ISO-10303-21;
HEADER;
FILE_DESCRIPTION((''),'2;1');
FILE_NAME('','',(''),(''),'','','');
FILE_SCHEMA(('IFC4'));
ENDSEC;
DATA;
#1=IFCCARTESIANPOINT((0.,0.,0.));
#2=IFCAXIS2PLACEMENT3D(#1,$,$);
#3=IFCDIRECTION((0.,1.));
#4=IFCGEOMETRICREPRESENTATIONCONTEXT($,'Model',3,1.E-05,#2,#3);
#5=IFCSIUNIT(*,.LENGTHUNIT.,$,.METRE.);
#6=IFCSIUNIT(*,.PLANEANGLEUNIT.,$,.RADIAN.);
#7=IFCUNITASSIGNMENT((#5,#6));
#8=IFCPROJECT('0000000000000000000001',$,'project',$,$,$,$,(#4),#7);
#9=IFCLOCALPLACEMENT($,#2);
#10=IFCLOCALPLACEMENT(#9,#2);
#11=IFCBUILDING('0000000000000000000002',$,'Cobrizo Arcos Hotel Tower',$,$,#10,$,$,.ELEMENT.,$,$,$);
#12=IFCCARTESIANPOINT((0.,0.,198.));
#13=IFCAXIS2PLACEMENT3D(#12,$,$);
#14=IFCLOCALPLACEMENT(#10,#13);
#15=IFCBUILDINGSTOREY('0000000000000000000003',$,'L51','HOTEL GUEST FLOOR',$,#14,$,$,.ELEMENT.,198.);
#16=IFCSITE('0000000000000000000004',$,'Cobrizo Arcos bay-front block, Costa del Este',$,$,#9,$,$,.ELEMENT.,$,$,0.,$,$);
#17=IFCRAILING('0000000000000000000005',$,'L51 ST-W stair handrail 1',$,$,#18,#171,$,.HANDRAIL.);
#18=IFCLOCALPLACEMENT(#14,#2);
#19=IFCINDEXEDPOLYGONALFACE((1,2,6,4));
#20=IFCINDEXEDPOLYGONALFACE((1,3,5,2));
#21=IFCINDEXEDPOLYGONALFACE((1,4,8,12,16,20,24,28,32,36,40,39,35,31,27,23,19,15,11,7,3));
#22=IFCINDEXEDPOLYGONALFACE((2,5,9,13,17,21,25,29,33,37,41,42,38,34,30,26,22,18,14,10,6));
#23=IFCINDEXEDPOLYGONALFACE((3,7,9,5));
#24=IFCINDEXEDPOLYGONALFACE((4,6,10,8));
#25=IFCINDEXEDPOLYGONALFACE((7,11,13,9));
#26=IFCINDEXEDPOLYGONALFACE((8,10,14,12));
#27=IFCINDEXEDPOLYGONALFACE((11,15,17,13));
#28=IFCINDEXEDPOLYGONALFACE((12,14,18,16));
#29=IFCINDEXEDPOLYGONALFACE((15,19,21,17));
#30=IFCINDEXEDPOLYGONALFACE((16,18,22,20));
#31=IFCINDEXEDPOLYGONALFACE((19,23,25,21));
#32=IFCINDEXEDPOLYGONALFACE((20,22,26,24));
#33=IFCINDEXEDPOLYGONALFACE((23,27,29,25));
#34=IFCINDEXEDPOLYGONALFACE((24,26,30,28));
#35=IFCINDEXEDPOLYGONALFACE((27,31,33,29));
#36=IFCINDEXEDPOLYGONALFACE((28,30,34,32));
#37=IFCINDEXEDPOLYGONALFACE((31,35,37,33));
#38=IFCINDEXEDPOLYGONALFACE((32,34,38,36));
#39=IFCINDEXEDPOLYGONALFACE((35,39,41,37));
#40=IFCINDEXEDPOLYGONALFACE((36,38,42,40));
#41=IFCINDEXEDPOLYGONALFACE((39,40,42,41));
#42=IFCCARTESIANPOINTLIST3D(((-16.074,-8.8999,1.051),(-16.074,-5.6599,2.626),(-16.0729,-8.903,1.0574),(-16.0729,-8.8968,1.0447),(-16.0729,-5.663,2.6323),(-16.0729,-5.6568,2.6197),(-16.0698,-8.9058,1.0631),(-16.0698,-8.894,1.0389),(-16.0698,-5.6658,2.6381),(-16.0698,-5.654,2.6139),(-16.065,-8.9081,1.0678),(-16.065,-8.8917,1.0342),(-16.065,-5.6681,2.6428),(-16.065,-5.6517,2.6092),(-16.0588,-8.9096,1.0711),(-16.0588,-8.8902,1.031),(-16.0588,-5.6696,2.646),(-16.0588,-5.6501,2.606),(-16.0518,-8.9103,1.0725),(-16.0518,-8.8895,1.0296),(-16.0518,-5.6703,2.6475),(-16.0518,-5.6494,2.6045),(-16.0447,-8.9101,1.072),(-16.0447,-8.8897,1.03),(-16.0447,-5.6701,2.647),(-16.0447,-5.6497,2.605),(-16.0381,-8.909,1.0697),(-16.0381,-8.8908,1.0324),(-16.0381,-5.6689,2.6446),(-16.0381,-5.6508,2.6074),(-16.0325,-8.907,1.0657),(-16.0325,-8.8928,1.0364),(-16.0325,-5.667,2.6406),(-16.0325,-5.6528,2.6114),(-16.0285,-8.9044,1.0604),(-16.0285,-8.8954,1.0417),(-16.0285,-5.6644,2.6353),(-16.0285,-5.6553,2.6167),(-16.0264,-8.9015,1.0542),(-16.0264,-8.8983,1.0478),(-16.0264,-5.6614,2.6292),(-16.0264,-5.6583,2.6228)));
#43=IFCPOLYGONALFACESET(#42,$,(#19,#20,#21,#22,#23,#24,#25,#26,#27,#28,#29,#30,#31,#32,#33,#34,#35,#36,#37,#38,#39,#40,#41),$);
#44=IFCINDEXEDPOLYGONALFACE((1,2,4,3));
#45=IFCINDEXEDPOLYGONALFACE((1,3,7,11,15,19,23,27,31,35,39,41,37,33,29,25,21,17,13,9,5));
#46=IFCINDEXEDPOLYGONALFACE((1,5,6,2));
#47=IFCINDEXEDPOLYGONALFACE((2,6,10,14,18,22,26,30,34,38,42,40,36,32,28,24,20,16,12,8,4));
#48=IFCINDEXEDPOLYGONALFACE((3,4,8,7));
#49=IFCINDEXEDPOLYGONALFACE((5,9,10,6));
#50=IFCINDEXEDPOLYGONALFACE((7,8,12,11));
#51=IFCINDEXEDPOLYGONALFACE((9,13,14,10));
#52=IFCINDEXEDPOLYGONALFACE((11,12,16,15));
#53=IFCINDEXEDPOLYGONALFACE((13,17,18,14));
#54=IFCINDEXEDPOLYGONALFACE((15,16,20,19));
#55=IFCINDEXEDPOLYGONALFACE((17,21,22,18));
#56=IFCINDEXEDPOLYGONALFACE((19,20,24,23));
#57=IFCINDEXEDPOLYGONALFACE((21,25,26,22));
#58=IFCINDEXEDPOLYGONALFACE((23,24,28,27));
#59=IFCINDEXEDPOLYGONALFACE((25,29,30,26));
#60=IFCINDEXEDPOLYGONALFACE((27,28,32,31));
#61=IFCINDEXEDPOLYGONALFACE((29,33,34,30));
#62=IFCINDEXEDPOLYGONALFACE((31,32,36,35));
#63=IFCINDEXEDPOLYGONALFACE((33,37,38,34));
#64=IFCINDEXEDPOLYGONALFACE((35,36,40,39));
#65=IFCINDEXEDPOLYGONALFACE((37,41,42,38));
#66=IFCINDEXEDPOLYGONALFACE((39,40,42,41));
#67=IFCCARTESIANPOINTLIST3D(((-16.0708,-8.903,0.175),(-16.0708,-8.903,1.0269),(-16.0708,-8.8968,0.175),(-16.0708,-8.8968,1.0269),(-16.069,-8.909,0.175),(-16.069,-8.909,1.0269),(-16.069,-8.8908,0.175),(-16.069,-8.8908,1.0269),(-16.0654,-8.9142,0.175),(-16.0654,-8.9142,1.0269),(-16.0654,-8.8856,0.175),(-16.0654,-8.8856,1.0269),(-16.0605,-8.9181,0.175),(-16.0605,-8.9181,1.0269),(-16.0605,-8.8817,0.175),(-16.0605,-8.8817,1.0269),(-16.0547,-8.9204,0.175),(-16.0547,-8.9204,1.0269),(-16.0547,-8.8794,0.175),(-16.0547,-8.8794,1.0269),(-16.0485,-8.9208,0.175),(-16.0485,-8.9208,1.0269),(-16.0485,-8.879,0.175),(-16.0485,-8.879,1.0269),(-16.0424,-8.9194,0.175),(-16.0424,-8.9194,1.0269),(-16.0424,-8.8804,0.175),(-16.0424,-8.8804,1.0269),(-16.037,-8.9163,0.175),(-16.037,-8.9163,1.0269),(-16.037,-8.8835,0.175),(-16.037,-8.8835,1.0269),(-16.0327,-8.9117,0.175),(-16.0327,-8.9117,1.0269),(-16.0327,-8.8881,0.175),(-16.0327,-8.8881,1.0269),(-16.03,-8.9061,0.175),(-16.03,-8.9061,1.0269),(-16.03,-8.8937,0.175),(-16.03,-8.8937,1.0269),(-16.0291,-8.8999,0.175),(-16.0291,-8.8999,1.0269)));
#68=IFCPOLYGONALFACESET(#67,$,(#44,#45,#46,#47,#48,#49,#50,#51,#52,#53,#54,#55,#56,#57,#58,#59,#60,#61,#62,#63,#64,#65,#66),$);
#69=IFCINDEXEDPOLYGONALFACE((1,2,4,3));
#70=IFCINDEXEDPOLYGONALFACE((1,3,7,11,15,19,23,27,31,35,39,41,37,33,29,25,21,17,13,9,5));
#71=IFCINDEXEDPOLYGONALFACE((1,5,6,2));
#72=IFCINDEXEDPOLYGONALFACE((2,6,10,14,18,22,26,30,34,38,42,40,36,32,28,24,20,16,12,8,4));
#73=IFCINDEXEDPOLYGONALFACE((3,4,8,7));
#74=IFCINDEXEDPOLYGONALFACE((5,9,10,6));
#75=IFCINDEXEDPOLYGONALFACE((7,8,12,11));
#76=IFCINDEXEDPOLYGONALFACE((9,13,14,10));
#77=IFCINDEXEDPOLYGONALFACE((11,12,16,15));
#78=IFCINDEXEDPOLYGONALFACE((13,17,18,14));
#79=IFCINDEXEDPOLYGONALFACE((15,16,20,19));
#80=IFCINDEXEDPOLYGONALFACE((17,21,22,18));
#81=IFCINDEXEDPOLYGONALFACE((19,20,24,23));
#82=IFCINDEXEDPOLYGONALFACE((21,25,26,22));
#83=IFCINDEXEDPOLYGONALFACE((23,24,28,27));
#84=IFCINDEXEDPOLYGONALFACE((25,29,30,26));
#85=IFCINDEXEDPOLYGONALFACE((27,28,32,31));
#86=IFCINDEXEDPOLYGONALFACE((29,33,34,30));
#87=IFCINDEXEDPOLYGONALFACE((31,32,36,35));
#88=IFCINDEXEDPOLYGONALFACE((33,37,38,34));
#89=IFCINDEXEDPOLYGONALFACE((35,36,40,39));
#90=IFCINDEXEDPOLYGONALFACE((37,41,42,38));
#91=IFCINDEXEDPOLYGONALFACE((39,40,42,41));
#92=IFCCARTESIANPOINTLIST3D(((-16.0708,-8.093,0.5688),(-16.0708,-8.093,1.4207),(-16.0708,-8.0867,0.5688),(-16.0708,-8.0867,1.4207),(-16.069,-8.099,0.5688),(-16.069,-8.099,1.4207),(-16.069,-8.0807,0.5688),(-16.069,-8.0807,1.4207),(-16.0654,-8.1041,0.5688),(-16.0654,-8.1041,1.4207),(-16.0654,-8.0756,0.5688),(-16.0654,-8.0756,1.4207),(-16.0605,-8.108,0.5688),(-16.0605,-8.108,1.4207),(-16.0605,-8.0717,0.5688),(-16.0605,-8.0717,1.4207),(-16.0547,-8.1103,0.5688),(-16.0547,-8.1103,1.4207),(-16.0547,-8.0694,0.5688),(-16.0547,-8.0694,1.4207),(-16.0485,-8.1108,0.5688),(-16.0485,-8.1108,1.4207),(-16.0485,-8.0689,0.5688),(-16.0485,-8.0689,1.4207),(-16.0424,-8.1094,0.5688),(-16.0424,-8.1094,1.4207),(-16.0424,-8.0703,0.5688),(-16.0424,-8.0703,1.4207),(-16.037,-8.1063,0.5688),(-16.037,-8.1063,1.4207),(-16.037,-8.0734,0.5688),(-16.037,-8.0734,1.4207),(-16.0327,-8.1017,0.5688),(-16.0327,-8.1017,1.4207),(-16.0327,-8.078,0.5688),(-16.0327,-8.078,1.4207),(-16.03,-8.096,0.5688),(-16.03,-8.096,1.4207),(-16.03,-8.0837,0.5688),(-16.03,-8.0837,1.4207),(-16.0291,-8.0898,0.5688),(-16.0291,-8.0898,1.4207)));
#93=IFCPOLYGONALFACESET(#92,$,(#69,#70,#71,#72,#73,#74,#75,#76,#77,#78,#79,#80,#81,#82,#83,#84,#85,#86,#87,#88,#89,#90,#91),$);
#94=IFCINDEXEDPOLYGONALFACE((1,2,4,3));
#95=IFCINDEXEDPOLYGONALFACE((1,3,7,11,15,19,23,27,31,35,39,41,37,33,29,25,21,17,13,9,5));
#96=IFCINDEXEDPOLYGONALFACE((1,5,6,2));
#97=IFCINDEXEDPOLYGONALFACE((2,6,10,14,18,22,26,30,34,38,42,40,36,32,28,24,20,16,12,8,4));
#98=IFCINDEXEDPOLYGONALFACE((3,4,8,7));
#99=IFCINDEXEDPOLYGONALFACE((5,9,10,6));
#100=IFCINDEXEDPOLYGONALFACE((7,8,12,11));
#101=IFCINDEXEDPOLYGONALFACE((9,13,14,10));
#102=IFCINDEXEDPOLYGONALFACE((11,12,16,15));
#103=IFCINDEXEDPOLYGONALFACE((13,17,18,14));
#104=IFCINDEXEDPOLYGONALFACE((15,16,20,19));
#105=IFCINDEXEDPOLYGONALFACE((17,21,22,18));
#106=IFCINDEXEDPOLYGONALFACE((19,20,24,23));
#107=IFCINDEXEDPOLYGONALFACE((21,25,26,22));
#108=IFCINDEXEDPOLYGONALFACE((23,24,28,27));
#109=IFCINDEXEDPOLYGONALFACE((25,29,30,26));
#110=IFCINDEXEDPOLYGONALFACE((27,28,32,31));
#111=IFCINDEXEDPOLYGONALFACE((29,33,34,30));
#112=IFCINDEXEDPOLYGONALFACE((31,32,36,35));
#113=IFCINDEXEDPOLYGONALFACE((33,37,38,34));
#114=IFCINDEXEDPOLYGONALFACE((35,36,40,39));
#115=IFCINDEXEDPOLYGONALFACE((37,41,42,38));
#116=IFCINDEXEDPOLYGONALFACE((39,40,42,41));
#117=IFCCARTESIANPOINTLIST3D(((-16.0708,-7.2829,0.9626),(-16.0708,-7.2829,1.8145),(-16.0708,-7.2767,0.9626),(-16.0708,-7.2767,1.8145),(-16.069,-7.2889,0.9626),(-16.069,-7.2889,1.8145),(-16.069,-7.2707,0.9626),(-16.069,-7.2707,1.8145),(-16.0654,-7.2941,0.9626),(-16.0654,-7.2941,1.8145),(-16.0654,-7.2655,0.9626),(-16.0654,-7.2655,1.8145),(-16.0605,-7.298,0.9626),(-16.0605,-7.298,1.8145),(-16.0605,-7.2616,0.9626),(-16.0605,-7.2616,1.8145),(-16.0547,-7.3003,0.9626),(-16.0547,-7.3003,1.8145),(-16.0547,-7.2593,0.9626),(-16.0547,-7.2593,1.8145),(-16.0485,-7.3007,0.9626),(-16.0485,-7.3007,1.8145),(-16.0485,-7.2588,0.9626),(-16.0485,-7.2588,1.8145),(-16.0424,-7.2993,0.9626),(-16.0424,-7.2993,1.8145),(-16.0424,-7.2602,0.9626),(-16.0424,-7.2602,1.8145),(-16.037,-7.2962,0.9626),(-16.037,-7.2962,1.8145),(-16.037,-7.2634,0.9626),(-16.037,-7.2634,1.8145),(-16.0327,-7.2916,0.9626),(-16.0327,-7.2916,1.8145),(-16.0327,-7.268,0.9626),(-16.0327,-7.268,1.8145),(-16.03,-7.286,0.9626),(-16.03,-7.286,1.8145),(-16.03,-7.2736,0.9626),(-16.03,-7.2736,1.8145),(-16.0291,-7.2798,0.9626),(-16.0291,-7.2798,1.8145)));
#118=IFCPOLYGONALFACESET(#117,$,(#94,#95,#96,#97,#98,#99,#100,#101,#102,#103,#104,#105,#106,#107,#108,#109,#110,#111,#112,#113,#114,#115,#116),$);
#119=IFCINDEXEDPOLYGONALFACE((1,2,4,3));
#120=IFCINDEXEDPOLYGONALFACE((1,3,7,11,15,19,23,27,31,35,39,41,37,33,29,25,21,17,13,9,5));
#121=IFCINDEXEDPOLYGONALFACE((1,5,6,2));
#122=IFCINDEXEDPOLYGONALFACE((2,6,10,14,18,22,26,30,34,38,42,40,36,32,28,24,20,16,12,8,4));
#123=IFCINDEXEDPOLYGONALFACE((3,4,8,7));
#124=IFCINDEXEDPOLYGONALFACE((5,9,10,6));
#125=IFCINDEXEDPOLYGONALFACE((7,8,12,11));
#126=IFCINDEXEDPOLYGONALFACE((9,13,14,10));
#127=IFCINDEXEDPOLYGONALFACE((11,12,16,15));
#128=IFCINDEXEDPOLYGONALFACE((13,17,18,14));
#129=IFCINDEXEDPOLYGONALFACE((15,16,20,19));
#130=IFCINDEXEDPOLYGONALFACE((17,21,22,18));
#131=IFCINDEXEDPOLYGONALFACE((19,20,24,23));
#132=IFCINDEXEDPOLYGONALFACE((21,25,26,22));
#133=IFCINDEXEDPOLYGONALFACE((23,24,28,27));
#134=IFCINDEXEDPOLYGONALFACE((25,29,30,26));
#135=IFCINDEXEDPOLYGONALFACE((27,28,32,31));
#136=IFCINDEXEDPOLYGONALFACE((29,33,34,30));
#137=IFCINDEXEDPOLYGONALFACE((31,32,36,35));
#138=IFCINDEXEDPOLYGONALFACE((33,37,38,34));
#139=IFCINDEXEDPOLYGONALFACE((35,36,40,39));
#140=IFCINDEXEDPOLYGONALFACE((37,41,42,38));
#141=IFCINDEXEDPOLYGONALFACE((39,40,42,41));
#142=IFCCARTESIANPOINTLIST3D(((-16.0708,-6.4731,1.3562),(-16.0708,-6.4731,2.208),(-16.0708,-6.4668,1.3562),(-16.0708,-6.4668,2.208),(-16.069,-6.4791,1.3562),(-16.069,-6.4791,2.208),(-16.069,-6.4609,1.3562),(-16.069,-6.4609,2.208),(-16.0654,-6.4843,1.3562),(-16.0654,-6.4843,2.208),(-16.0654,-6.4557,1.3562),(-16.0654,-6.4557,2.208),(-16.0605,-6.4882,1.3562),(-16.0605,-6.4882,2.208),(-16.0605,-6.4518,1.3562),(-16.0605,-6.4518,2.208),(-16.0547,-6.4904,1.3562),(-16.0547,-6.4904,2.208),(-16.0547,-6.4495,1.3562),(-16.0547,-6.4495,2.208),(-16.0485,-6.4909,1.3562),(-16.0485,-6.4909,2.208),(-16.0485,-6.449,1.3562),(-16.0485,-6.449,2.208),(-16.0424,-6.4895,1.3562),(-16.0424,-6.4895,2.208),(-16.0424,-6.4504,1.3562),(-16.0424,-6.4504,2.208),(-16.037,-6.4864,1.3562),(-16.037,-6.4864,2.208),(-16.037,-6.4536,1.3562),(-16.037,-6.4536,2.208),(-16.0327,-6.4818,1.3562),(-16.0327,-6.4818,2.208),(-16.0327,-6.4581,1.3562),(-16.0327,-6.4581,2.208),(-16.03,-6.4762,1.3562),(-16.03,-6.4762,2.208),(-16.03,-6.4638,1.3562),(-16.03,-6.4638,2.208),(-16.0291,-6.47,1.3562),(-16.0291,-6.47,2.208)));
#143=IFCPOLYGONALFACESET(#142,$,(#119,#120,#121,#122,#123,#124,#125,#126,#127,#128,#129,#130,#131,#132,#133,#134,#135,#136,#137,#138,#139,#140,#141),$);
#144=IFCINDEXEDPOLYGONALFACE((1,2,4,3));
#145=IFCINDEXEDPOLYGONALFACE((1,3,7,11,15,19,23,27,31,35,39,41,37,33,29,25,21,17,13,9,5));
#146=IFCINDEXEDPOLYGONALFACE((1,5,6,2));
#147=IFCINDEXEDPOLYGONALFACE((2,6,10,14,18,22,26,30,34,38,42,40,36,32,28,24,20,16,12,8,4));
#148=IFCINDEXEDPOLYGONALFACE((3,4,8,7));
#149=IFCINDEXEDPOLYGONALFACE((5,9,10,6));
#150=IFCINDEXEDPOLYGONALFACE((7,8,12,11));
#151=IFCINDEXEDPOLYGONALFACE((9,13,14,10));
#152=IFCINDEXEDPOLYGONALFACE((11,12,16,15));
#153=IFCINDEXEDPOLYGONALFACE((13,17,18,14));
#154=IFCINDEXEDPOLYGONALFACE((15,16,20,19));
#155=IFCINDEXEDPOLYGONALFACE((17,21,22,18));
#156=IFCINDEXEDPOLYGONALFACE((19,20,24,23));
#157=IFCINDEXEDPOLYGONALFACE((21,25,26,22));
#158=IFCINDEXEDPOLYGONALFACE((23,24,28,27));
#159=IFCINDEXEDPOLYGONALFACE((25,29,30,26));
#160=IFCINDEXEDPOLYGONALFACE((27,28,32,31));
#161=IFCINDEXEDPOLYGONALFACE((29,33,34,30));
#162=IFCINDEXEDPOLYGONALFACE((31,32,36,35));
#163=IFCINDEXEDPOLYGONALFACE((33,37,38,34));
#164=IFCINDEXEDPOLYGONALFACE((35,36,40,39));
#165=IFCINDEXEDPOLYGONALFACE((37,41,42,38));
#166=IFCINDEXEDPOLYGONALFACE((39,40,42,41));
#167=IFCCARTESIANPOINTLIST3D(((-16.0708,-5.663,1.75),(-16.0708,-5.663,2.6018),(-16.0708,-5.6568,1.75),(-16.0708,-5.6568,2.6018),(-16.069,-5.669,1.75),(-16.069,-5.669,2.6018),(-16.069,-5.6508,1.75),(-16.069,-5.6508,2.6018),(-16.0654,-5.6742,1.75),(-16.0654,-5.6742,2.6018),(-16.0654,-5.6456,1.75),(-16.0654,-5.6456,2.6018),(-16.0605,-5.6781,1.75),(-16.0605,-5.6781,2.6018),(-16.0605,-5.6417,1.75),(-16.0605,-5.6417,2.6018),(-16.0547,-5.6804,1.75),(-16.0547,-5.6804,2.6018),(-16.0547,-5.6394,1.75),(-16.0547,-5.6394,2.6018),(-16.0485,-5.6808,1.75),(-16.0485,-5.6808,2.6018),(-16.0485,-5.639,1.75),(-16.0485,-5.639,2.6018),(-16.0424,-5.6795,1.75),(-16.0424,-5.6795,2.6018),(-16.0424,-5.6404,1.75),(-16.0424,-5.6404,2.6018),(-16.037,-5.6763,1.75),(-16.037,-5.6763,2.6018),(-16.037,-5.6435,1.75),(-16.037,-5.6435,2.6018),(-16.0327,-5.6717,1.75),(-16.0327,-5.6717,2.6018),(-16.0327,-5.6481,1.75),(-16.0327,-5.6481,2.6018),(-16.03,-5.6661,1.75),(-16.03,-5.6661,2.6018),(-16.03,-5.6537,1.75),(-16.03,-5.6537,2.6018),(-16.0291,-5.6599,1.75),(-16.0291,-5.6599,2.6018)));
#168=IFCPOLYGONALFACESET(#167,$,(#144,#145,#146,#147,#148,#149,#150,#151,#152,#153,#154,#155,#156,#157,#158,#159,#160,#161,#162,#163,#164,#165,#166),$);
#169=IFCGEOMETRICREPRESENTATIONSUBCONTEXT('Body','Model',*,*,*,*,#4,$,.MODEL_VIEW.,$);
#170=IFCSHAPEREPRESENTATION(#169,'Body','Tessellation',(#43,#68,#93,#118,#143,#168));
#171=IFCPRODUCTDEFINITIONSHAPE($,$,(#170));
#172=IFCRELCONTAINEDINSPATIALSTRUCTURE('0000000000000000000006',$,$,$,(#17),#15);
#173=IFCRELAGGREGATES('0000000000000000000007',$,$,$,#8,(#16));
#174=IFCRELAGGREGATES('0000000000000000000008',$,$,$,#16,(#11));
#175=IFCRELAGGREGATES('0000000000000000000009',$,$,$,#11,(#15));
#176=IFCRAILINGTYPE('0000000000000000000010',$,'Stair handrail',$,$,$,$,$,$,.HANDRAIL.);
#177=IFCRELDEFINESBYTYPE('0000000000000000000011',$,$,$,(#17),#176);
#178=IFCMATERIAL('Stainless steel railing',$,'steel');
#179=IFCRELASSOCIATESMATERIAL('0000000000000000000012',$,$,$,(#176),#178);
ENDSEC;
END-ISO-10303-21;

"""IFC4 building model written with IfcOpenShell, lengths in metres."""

from ifc_helpers import new_model, si_unit, direction, frame, origin, origin_2d, place, context, subcontext, project, spatial, circle, extrude, material, type_object, element, save


model = new_model("IFC4")

# Units and contexts
model_context = context("Model", 3, precision=1e-05, world=origin(), true_north=direction((0.0, 1.0)))
body_context = subcontext(model_context, "Body", "Model", "MODEL_VIEW")
ifc_project = project(units=[si_unit("LENGTHUNIT", "METRE"), si_unit("PLANEANGLEUNIT", "RADIAN")], contexts=[model_context])

# Site, building, storey
site_placement = place(None, origin())
site = spatial("IfcSite", under=ifc_project, at=site_placement, Name="Cobrizo Arcos bay-front block, Costa del Este", CompositionType="ELEMENT", RefElevation=0.0)
building_placement = place(site_placement, origin())
building = spatial("IfcBuilding", under=site, at=building_placement, Name="Cobrizo Arcos Hotel Tower", CompositionType="ELEMENT")
storey_placement = place(building_placement, frame((0.0, 0.0, 198.0)))
storey = spatial("IfcBuildingStorey", under=building, at=storey_placement, Name="L51", Description="HOTEL GUEST FLOOR", CompositionType="ELEMENT", Elevation=198.0)

# Railing
ifc_material_1 = material(Name="Stainless steel railing", Category="steel")
railing_type_1 = type_object("IfcRailingType", Name="Stair handrail", PredefinedType="HANDRAIL", material=ifc_material_1)
railing_1_placement = place(storey_placement, frame((-16.05, -8.8999, 0.175)))
element("IfcRailing", 1, at=railing_1_placement, inside=storey, type_object=railing_type_1, Name="L51 ST-W stair handrail 1", PredefinedType="HANDRAIL", context=body_context, shape_type="SweptSolid", body=[
    extrude(circle(Radius=0.0239, at=origin_2d()), frame((0.0, 0.0, 0.876), z_axis=(0.0, 0.899373, 0.437183), x_axis=(-1.0, 0.0, 0.0)), (0.0, 0.0, 1.0), 3.6025),
    extrude(circle(Radius=0.021, at=origin_2d()), origin(), (0.0, 0.0, 1.0), 0.8518),
    extrude(circle(Radius=0.021, at=origin_2d()), frame((0.0, 0.8101, 0.3938)), (0.0, 0.0, 1.0), 0.8518),
    extrude(circle(Radius=0.021, at=origin_2d()), frame((0.0, 1.6201, 0.7876)), (0.0, 0.0, 1.0), 0.8518),
    extrude(circle(Radius=0.021, at=origin_2d()), frame((0.0, 2.4299, 1.1812)), (0.0, 0.0, 1.0), 0.8518),
    extrude(circle(Radius=0.021, at=origin_2d()), frame((0.0, 3.24, 1.575)), (0.0, 0.0, 1.0), 0.8518),
])

save(model, "model.ifc")
